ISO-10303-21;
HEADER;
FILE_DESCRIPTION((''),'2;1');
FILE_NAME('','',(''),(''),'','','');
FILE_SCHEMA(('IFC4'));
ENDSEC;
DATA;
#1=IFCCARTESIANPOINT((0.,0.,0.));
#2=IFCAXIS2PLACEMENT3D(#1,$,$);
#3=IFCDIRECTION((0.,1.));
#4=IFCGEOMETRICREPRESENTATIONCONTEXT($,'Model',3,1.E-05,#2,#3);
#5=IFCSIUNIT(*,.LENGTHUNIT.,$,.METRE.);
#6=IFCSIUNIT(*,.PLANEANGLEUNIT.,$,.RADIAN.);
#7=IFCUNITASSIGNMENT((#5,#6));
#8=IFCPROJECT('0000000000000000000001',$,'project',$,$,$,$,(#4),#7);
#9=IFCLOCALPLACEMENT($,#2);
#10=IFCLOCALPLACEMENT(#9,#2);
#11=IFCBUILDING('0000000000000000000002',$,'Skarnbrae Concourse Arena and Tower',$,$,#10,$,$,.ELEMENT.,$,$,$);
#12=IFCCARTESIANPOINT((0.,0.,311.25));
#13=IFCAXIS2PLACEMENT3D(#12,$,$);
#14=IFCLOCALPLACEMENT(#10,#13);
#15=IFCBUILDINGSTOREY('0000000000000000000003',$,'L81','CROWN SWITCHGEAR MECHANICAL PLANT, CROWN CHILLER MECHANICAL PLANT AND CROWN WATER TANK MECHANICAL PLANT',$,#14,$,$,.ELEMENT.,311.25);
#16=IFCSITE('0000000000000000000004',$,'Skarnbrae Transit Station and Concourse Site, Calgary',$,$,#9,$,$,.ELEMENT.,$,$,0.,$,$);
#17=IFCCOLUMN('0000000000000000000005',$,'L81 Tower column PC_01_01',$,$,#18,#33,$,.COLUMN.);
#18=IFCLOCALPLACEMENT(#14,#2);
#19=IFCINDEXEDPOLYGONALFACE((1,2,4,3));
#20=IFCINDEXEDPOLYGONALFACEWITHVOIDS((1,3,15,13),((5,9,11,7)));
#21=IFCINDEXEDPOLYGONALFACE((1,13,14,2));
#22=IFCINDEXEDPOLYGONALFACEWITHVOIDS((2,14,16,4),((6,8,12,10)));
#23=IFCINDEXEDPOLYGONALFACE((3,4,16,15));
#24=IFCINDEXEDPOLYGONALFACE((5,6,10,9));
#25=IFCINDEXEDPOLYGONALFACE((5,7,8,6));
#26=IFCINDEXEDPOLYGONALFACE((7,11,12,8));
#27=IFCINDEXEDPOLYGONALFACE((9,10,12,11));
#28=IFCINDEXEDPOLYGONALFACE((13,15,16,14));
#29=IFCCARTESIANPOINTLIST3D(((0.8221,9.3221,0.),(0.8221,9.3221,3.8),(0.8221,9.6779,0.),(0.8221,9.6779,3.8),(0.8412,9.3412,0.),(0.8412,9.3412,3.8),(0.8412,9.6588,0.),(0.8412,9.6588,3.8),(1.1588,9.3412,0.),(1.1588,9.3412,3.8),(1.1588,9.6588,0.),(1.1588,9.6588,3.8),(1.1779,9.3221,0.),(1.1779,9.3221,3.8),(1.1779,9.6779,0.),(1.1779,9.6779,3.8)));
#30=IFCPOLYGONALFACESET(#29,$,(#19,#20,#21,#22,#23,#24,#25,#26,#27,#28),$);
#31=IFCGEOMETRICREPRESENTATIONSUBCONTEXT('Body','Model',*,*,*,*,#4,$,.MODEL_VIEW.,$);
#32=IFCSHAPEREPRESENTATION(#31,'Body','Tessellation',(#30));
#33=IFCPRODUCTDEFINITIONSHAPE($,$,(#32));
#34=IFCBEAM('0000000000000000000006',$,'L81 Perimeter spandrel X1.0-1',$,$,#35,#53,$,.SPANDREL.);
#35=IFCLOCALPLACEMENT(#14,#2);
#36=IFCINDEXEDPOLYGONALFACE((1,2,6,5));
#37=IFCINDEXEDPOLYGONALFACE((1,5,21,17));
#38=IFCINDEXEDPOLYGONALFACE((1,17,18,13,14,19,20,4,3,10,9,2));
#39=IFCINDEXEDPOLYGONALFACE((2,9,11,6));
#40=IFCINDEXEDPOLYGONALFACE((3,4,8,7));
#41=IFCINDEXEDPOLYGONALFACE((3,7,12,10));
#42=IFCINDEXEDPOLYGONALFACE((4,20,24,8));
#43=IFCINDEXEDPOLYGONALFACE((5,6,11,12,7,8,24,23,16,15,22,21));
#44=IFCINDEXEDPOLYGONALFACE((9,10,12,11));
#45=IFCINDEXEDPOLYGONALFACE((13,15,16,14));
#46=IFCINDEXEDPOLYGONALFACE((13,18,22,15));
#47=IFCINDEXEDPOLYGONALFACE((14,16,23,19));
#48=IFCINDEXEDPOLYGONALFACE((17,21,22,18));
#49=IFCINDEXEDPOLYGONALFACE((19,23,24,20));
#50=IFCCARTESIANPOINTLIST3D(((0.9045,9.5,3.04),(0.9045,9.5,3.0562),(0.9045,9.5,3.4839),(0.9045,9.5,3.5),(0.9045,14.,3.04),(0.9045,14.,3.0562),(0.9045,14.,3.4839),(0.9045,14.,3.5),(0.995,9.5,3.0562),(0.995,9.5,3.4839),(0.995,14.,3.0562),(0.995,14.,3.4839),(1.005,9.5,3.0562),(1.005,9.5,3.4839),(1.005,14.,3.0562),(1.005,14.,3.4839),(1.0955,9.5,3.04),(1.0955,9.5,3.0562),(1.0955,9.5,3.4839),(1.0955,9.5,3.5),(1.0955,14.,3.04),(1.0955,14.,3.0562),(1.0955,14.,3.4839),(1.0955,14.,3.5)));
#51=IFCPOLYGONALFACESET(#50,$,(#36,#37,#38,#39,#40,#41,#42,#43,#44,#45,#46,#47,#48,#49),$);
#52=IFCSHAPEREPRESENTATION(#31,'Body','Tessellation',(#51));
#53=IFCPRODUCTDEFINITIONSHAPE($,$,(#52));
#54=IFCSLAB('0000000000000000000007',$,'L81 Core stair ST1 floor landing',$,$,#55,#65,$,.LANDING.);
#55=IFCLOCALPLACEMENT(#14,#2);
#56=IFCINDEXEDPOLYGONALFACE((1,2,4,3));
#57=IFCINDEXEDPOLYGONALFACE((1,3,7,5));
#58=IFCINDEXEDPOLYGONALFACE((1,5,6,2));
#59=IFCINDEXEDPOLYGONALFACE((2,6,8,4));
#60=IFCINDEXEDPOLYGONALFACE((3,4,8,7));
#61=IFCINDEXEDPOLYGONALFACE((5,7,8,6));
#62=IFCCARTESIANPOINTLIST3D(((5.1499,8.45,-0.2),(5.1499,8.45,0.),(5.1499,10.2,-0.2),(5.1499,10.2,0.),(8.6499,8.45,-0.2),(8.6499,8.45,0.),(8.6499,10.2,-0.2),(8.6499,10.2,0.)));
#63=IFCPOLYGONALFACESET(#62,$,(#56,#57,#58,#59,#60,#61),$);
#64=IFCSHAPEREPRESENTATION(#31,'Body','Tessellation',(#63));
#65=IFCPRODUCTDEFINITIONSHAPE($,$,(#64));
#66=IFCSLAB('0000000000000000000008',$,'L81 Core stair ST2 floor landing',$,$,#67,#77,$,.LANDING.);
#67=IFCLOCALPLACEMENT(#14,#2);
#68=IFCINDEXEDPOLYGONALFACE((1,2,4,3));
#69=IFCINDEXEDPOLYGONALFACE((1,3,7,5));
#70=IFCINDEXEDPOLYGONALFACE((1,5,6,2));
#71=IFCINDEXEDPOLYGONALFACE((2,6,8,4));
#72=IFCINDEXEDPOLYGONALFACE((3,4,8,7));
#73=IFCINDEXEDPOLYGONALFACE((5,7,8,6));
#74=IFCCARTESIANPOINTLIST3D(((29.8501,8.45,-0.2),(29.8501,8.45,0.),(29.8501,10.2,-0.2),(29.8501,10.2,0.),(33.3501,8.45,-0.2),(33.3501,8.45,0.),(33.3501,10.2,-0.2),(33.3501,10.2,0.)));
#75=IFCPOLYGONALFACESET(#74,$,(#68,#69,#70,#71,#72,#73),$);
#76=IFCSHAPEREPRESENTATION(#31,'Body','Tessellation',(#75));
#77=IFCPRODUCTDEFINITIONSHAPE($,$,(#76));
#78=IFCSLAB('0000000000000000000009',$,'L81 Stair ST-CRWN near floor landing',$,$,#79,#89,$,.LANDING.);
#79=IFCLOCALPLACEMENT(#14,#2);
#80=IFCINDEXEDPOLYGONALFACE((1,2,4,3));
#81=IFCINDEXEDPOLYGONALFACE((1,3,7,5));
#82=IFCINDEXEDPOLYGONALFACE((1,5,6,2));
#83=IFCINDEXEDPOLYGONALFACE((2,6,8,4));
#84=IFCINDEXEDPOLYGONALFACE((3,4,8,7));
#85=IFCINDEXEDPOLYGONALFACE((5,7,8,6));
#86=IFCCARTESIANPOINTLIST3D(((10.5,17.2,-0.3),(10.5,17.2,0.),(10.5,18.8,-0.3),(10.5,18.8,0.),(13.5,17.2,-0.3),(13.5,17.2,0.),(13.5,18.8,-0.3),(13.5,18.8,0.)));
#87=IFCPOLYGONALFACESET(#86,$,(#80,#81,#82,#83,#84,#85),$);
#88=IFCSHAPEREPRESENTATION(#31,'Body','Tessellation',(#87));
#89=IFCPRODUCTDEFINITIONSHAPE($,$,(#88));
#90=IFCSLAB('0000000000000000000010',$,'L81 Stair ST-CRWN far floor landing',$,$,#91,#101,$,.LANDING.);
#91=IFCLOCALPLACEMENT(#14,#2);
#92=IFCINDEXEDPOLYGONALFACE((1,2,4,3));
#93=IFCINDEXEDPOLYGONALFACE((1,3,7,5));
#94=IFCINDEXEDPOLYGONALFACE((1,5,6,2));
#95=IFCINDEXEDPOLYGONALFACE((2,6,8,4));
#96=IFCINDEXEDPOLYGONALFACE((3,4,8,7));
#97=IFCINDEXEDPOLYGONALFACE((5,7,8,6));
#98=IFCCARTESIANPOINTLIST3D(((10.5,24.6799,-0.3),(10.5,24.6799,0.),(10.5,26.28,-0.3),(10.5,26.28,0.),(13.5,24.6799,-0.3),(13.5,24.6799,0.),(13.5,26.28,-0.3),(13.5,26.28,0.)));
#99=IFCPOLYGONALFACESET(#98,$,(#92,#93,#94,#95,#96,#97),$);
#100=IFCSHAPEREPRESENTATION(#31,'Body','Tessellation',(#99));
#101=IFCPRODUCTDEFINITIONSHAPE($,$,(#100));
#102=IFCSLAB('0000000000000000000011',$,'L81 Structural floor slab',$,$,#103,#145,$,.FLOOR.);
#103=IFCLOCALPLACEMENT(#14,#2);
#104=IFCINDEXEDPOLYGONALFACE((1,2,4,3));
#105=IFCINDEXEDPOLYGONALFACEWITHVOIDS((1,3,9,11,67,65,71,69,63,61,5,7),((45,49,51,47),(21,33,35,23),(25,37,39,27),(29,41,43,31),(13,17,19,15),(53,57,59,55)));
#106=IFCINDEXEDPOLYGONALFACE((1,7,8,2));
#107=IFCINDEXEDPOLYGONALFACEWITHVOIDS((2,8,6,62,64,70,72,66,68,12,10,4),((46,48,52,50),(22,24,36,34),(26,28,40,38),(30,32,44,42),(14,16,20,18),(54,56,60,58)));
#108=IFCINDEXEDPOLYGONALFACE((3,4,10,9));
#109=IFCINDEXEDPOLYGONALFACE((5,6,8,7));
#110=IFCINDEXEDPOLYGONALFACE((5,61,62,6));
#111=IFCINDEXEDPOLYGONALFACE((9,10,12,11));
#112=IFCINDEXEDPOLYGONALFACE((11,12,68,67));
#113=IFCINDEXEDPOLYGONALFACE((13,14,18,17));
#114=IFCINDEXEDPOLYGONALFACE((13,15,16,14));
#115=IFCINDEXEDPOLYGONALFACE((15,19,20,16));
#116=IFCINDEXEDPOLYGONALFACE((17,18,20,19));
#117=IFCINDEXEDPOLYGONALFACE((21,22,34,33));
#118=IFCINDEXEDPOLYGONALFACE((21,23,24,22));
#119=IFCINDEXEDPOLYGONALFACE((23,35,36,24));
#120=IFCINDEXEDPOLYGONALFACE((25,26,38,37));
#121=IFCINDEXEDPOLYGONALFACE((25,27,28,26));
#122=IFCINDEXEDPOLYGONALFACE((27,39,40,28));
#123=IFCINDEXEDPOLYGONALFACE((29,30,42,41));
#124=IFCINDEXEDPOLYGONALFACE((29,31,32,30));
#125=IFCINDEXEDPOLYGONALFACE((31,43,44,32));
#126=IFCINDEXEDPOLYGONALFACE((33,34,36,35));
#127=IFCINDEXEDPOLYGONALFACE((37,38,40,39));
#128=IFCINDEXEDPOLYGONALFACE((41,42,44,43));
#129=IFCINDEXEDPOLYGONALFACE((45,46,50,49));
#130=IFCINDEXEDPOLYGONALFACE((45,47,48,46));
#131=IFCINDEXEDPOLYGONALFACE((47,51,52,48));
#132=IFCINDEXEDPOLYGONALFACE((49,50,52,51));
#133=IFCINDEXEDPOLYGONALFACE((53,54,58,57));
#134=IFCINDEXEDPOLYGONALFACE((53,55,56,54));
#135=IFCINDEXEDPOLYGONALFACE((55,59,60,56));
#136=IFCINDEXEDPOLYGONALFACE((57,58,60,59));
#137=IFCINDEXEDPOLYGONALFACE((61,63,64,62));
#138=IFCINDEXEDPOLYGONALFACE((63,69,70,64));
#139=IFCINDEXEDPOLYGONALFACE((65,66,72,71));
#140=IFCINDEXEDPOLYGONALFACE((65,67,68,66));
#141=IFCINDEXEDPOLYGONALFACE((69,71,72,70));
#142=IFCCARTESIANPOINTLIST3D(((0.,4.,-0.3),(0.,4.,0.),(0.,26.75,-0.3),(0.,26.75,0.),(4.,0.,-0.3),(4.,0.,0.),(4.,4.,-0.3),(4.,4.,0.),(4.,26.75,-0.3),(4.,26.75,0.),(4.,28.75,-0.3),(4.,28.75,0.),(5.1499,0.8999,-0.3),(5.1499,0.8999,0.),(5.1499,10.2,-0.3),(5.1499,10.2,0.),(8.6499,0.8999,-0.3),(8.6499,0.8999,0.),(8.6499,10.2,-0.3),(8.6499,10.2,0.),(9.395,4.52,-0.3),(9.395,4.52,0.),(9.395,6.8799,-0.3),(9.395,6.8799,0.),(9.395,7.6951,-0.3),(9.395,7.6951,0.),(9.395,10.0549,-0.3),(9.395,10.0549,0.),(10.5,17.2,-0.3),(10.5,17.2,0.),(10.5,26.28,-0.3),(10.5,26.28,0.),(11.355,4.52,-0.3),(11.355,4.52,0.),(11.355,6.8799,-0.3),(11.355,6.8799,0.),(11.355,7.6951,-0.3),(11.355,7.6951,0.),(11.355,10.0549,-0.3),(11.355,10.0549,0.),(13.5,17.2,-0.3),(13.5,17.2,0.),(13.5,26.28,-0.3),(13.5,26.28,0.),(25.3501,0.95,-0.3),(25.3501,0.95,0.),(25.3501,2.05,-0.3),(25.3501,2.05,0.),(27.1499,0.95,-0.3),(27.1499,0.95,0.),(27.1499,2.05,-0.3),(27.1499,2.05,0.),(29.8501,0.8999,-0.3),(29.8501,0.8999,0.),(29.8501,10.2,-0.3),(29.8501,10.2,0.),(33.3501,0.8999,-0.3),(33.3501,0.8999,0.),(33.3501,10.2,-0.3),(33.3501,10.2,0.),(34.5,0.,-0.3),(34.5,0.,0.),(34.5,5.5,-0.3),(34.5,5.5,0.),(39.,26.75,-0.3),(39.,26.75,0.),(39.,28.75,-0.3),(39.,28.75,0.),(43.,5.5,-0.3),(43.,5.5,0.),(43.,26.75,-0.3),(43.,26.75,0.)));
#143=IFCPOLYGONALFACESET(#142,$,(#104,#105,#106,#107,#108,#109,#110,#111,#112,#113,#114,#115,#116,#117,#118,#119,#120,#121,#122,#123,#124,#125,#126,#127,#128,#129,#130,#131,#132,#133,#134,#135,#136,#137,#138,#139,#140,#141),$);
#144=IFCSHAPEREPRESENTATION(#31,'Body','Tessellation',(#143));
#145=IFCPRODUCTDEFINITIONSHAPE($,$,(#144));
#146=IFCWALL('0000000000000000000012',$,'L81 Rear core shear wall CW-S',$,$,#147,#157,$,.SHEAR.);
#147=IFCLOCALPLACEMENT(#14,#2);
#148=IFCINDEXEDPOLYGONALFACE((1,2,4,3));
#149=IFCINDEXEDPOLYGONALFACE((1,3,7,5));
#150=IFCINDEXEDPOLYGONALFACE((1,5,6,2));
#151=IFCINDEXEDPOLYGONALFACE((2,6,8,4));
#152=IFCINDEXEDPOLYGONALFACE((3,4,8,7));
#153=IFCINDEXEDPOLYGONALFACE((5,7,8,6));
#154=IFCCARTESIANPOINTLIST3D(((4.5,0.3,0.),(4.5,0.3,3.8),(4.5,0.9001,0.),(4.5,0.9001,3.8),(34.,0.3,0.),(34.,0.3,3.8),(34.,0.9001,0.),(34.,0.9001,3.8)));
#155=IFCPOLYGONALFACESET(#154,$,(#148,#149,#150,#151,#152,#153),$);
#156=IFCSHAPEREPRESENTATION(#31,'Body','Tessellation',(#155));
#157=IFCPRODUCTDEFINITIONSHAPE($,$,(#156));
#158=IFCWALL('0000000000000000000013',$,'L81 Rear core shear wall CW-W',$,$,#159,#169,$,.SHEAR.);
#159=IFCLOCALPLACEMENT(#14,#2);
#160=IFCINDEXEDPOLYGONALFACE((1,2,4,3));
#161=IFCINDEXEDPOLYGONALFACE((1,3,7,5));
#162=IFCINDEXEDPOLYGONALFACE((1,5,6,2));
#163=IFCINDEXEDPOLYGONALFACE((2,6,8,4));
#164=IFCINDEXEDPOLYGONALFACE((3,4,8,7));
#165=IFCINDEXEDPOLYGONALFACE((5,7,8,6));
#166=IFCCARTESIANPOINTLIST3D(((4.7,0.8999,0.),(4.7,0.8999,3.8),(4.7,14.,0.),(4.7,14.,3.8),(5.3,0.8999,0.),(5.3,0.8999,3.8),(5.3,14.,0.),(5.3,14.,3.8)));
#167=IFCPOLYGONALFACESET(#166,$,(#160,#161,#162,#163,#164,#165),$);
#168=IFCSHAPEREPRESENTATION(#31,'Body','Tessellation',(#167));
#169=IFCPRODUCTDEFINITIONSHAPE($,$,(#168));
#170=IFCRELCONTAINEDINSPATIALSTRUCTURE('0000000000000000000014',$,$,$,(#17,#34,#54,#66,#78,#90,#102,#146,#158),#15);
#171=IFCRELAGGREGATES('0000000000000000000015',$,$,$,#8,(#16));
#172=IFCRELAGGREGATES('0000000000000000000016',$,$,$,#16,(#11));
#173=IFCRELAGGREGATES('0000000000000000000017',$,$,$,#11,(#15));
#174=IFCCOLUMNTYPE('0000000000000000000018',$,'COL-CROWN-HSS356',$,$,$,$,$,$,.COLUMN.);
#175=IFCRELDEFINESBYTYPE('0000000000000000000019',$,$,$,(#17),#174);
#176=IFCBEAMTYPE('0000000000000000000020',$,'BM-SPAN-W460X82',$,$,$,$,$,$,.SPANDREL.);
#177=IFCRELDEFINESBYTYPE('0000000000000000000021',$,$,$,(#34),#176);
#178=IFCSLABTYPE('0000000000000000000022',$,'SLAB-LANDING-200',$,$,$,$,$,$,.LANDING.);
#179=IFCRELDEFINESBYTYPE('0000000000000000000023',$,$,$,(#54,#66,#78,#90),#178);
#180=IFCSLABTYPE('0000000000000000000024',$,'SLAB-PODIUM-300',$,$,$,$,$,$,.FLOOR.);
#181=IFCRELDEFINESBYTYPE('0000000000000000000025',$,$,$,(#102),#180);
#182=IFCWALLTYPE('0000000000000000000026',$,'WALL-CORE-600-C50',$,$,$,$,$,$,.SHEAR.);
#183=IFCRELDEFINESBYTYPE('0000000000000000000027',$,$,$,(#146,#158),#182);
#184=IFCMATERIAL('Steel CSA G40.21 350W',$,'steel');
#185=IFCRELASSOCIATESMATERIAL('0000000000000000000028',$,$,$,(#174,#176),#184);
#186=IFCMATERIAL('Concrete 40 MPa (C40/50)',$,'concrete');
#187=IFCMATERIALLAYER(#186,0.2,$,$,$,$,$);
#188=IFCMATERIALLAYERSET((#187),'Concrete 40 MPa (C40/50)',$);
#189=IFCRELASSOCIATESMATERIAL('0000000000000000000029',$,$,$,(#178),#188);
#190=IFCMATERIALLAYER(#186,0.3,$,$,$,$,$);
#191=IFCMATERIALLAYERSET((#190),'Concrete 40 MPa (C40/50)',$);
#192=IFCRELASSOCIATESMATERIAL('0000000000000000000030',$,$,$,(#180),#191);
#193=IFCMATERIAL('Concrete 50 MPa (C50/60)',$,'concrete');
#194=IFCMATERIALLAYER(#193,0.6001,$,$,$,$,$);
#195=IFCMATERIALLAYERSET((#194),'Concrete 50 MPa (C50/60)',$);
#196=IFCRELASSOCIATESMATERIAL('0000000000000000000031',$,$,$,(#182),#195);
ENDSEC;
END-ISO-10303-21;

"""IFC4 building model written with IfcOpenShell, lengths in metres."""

from ifc_helpers import new_model, si_unit, direction, frame, frame_2d, origin, origin_2d, place, context, subcontext, project, spatial, polyline, rectangle, hollow_rectangle, i_section, outline, extrude, source, transform, mapped, material, layer, layer_set, material_profile, profile_set, type_object, element, save


model = new_model("IFC4")

# Units and contexts
model_context = context("Model", 3, precision=1e-05, world=origin(), true_north=direction((0.0, 1.0)))
body_context = subcontext(model_context, "Body", "Model", "MODEL_VIEW")
ifc_project = project(units=[si_unit("LENGTHUNIT", "METRE"), si_unit("PLANEANGLEUNIT", "RADIAN")], contexts=[model_context])

# Site, building, storey
site_placement = place(None, origin())
site = spatial("IfcSite", under=ifc_project, at=site_placement, Name="Skarnbrae Transit Station and Concourse Site, Calgary", CompositionType="ELEMENT", RefElevation=0.0)
building_placement = place(site_placement, origin())
building = spatial("IfcBuilding", under=site, at=building_placement, Name="Skarnbrae Concourse Arena and Tower", CompositionType="ELEMENT")
storey_placement = place(building_placement, frame((0.0, 0.0, 311.25)))
storey = spatial("IfcBuildingStorey", under=building, at=storey_placement, Name="L81", Description="CROWN SWITCHGEAR MECHANICAL PLANT, CROWN CHILLER MECHANICAL PLANT AND CROWN WATER TANK MECHANICAL PLANT", CompositionType="ELEMENT", Elevation=311.25)

# Column
ifc_material_1 = material(Name="Steel CSA G40.21 350W", Category="steel")
ifc_material_profile_1 = material_profile(ifc_material_1, hollow_rectangle(XDim=0.3557, YDim=0.3557, WallThickness=0.019, at=origin_2d()), Name="HSS356X356X19.0")
ifc_profile_set_1 = profile_set([ifc_material_profile_1], Name="Steel CSA G40.21 350W")
column_type = type_object("IfcColumnType", Name="COL-CROWN-HSS356", PredefinedType="COLUMN", material=ifc_profile_set_1)
shared_shape_1 = source(origin(), body_context, "Body", "SweptSolid", [
    extrude(hollow_rectangle(XDim=0.3557, YDim=0.3557, WallThickness=0.019, at=origin_2d()), origin(), (0.0, 0.0, 1.0), 3.8),
])
column_placement = place(storey_placement, frame((1.0, 9.5, 0.0), z_axis=(0.0, 0.0, 1.0), x_axis=(1.0, 0.0, 0.0)))
element("IfcColumn", 1, at=column_placement, inside=storey, type_object=column_type, Name="L81 Tower column PC_01_01", PredefinedType="COLUMN", context=body_context, shape_type="MappedRepresentation", body=[
    mapped(shared_shape_1, transform((0.0, 0.0, 0.0))),
])

# Beam
ifc_material_profile_2 = material_profile(ifc_material_1, i_section(OverallWidth=0.1909, OverallDepth=0.46, WebThickness=0.01, FlangeThickness=0.0161, at=origin_2d()), Name="W460X82")
ifc_profile_set_2 = profile_set([ifc_material_profile_2], Name="Steel CSA G40.21 350W")
beam_type = type_object("IfcBeamType", Name="BM-SPAN-W460X82", PredefinedType="SPANDREL", material=ifc_profile_set_2)
shared_shape_2 = source(origin(), body_context, "Body", "SweptSolid", [
    extrude(i_section(OverallWidth=0.1909, OverallDepth=0.46, WebThickness=0.01, FlangeThickness=0.0161, at=origin_2d()), origin(), (0.0, 0.0, 1.0), 4.5),
])
beam_placement = place(storey_placement, frame((1.0, 9.5, 3.27), z_axis=(0.0, 1.0, 0.0), x_axis=(-1.0, 0.0, 0.0)))
element("IfcBeam", 2, at=beam_placement, inside=storey, type_object=beam_type, Name="L81 Perimeter spandrel X1.0-1", PredefinedType="SPANDREL", context=body_context, shape_type="MappedRepresentation", body=[
    mapped(shared_shape_2, transform((0.0, 0.0, 0.0))),
])

# Slabs
ifc_material_2 = material(Name="Concrete 40 MPa (C40/50)", Category="concrete")
ifc_layer_1 = layer(ifc_material_2, 0.2)
ifc_layer_set_1 = layer_set([ifc_layer_1], Name="Concrete 40 MPa (C40/50)")
slab_type_1 = type_object("IfcSlabType", Name="SLAB-LANDING-200", PredefinedType="LANDING", material=ifc_layer_set_1)
slab_1_placement = place(storey_placement, frame((0.0, 0.0, -0.2)))
element("IfcSlab", 3, at=slab_1_placement, inside=storey, type_object=slab_type_1, Name="L81 Core stair ST1 floor landing", PredefinedType="LANDING", context=body_context, shape_type="SweptSolid", body=[
    extrude(outline(polyline([(5.1499, 10.2), (5.1499, 8.45), (8.6499, 8.45), (8.6499, 10.2), (5.1499, 10.2)])), origin(), (0.0, 0.0, 1.0), 0.2),
])
slab_2_placement = place(storey_placement, frame((0.0, 0.0, -0.2)))
element("IfcSlab", 4, at=slab_2_placement, inside=storey, type_object=slab_type_1, Name="L81 Core stair ST2 floor landing", PredefinedType="LANDING", context=body_context, shape_type="SweptSolid", body=[
    extrude(outline(polyline([(29.8501, 10.2), (29.8501, 8.45), (33.3501, 8.45), (33.3501, 10.2), (29.8501, 10.2)])), origin(), (0.0, 0.0, 1.0), 0.2),
])
slab_3_placement = place(storey_placement, frame((0.0, 0.0, -0.3)))
element("IfcSlab", 5, at=slab_3_placement, inside=storey, type_object=slab_type_1, Name="L81 Stair ST-CRWN near floor landing", PredefinedType="LANDING", context=body_context, shape_type="SweptSolid", body=[
    extrude(outline(polyline([(13.5, 17.2), (13.5, 18.8), (10.5, 18.8), (10.5, 17.2), (13.5, 17.2)])), origin(), (0.0, 0.0, 1.0), 0.3),
])
slab_4_placement = place(storey_placement, frame((0.0, 0.0, -0.3)))
element("IfcSlab", 6, at=slab_4_placement, inside=storey, type_object=slab_type_1, Name="L81 Stair ST-CRWN far floor landing", PredefinedType="LANDING", context=body_context, shape_type="SweptSolid", body=[
    extrude(outline(polyline([(13.5, 24.6799), (13.5, 26.28), (10.5, 26.28), (10.5, 24.6799), (13.5, 24.6799)])), origin(), (0.0, 0.0, 1.0), 0.3),
])
ifc_layer_2 = layer(ifc_material_2, 0.3)
ifc_layer_set_2 = layer_set([ifc_layer_2], Name="Concrete 40 MPa (C40/50)")
slab_type_2 = type_object("IfcSlabType", Name="SLAB-PODIUM-300", PredefinedType="FLOOR", material=ifc_layer_set_2)
slab_5_placement = place(storey_placement, frame((0.0, 0.0, -0.3)))
element("IfcSlab", 7, at=slab_5_placement, inside=storey, type_object=slab_type_2, Name="L81 Structural floor slab", PredefinedType="FLOOR", context=body_context, shape_type="SweptSolid", body=[
    extrude(outline(polyline([(4.0, 0.0), (34.5, 0.0), (34.5, 5.5), (43.0, 5.5), (43.0, 26.75), (39.0, 26.75), (39.0, 28.75), (4.0, 28.75), (4.0, 26.75), (0.0, 26.75), (0.0, 4.0), (4.0, 4.0), (4.0, 0.0)]), holes=[polyline([(27.1499, 0.95), (25.3501, 0.95), (25.3501, 2.05), (27.1499, 2.05), (27.1499, 0.95)]), polyline([(5.1499, 10.2), (8.6499, 10.2), (8.6499, 0.8999), (5.1499, 0.8999), (5.1499, 10.2)]), polyline([(29.8501, 10.2), (33.3501, 10.2), (33.3501, 0.8999), (29.8501, 0.8999), (29.8501, 10.2)]), polyline([(11.355, 4.52), (9.395, 4.52), (9.395, 6.8799), (11.355, 6.8799), (11.355, 4.52)]), polyline([(9.395, 7.6951), (9.395, 10.0549), (11.355, 10.0549), (11.355, 7.6951), (9.395, 7.6951)]), polyline([(13.5, 17.2), (10.5, 17.2), (10.5, 26.28), (13.5, 26.28), (13.5, 17.2)])]), origin(), (0.0, 0.0, 1.0), 0.3),
])

# Walls
ifc_material_3 = material(Name="Concrete 50 MPa (C50/60)", Category="concrete")
ifc_layer_3 = layer(ifc_material_3, 0.6001)
ifc_layer_set_3 = layer_set([ifc_layer_3], Name="Concrete 50 MPa (C50/60)")
wall_type_1 = type_object("IfcWallType", Name="WALL-CORE-600-C50", PredefinedType="SHEAR", material=ifc_layer_set_3)
shared_shape_3 = source(origin(), body_context, "Body", "SweptSolid", [
    extrude(rectangle(XDim=29.5, YDim=0.6001, at=frame_2d((14.75, 0.0))), origin(), (0.0, 0.0, 1.0), 3.8),
])
wall_1_placement = place(storey_placement, frame((4.5, 0.6001, 0.0), z_axis=(0.0, 0.0, 1.0), x_axis=(1.0, 0.0, 0.0)))
element("IfcWall", 8, at=wall_1_placement, inside=storey, type_object=wall_type_1, Name="L81 Rear core shear wall CW-S", PredefinedType="SHEAR", context=body_context, shape_type="MappedRepresentation", body=[
    mapped(shared_shape_3, transform((0.0, 0.0, 0.0))),
])
shared_shape_4 = source(origin(), body_context, "Body", "SweptSolid", [
    extrude(rectangle(XDim=13.1001, YDim=0.6001, at=frame_2d((6.55, 0.0))), origin(), (0.0, 0.0, 1.0), 3.8),
])
wall_2_placement = place(storey_placement, frame((5.0, 0.8999, 0.0), z_axis=(0.0, 0.0, 1.0), x_axis=(0.0, 1.0, 0.0)))
element("IfcWall", 9, at=wall_2_placement, inside=storey, type_object=wall_type_1, Name="L81 Rear core shear wall CW-W", PredefinedType="SHEAR", context=body_context, shape_type="MappedRepresentation", body=[
    mapped(shared_shape_4, transform((0.0, 0.0, 0.0))),
])

save(model, "model.ifc")
